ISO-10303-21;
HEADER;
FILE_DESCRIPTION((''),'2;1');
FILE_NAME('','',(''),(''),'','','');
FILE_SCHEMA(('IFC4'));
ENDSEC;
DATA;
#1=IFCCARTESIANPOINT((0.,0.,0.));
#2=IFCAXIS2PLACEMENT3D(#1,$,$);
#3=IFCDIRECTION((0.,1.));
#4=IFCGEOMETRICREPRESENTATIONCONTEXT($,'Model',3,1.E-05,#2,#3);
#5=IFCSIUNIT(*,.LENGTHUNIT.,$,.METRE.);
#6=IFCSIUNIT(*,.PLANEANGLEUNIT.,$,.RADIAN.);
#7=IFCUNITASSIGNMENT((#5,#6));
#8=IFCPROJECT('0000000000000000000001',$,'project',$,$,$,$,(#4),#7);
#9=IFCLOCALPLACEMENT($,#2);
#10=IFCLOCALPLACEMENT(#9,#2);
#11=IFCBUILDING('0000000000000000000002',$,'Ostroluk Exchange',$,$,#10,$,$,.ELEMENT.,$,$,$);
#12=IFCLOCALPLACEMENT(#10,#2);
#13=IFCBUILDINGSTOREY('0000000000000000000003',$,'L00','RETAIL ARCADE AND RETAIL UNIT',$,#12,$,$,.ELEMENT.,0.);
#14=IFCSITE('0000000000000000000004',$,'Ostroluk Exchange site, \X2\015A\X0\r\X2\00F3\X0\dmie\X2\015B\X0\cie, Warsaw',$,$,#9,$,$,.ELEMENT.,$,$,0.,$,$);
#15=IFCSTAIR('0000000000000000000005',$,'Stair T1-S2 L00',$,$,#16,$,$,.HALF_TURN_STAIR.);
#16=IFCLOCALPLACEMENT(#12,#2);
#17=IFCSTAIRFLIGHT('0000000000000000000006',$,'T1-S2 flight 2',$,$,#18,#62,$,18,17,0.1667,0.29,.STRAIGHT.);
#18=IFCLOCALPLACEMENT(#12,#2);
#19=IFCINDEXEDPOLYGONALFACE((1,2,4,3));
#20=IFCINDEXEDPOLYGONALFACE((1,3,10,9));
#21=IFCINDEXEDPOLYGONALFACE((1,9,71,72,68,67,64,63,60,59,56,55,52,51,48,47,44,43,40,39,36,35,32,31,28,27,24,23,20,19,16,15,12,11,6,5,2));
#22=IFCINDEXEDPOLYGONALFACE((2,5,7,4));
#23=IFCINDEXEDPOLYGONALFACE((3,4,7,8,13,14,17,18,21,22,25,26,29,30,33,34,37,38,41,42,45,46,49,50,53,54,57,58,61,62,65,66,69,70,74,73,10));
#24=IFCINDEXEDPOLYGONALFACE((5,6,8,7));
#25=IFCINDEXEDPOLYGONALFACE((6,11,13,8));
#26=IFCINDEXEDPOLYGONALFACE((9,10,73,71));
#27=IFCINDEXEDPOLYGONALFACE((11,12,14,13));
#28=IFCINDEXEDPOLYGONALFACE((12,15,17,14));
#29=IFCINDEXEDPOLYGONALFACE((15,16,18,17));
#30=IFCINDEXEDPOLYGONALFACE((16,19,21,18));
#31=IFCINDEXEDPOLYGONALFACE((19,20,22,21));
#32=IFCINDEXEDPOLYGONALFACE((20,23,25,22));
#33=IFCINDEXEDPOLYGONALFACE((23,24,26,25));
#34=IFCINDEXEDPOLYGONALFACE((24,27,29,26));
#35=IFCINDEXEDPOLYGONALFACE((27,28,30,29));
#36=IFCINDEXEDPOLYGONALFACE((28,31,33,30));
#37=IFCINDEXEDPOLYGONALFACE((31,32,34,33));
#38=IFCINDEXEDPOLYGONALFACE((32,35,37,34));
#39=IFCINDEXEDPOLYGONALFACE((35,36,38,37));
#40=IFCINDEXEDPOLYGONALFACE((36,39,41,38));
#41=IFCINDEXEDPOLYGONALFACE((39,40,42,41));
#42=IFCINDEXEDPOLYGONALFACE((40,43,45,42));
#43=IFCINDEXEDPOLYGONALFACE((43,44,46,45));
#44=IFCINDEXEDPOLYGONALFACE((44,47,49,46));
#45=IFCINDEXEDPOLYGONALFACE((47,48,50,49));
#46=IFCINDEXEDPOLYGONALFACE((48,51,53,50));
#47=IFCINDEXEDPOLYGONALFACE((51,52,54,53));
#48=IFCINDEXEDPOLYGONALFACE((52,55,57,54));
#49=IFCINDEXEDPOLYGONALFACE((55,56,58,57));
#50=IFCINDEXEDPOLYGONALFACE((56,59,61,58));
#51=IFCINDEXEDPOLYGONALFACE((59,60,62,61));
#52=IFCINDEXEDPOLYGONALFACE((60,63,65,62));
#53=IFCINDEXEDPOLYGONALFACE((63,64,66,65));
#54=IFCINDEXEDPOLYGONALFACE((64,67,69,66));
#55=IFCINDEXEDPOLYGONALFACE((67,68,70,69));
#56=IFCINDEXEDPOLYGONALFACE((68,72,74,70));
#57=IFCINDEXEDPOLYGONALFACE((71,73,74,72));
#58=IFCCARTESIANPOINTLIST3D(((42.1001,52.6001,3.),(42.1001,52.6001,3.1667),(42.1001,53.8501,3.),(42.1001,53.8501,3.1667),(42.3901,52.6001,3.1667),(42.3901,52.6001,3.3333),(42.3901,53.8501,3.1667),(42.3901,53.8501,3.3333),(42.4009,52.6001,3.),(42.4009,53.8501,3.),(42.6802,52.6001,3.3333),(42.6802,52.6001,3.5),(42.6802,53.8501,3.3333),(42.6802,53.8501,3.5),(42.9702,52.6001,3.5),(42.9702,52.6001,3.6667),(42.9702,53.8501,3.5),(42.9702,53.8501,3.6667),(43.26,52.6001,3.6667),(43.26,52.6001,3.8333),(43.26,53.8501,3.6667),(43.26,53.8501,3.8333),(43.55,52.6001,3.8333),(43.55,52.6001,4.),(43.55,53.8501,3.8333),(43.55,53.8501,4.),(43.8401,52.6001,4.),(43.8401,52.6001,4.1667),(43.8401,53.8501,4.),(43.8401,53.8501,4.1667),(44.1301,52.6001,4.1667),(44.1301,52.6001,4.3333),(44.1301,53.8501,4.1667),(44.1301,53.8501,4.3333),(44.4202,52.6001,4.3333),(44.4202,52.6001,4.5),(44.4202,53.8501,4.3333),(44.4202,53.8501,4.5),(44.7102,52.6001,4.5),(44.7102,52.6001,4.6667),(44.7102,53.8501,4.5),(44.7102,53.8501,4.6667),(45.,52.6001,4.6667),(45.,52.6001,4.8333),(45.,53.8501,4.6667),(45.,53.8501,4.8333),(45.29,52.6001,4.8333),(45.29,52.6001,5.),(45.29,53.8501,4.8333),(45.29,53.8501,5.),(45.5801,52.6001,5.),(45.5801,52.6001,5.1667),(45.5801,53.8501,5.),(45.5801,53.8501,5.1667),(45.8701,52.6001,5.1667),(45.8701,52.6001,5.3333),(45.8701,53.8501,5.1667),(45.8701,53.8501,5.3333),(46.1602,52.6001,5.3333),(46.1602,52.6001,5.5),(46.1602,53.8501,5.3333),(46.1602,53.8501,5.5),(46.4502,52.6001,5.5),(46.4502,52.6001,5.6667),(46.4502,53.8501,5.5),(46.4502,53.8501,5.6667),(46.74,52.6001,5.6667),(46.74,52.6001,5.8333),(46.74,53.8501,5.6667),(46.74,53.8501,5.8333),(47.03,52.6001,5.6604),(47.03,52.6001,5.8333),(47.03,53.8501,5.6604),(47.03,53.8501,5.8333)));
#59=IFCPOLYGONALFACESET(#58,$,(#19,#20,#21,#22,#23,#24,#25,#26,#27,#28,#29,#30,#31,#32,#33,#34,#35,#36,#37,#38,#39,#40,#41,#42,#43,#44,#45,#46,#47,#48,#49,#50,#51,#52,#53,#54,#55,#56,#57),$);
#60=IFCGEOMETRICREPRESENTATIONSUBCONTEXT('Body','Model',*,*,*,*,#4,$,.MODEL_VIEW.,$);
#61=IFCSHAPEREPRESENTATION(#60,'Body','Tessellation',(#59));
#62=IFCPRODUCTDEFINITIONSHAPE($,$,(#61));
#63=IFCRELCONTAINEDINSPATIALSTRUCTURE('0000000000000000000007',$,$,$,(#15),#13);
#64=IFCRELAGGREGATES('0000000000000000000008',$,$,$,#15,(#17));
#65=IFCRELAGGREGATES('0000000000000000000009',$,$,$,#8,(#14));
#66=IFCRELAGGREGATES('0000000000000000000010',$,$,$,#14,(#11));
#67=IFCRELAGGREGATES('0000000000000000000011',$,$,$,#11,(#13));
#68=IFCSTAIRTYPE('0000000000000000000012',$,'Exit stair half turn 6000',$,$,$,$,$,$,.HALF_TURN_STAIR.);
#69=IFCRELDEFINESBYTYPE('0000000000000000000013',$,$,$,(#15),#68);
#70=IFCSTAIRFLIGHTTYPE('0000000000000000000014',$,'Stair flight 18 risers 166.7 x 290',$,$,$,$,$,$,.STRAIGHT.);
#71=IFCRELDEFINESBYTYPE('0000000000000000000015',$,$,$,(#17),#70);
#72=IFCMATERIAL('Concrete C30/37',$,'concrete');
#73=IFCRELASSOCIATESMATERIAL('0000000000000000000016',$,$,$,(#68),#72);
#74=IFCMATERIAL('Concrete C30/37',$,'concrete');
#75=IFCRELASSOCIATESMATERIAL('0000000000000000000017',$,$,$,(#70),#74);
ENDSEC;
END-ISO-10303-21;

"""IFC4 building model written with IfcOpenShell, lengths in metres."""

from ifc_helpers import new_model, si_unit, direction, frame, origin, place, context, subcontext, project, spatial, polyline, outline, extrude, material, type_object, element, aggregate, save


model = new_model("IFC4")

# Units and contexts
model_context = context("Model", 3, precision=1e-05, world=origin(), true_north=direction((0.0, 1.0)))
body_context = subcontext(model_context, "Body", "Model", "MODEL_VIEW")
ifc_project = project(units=[si_unit("LENGTHUNIT", "METRE"), si_unit("PLANEANGLEUNIT", "RADIAN")], contexts=[model_context])

# Site, building, storey
site_placement = place(None, origin())
site = spatial("IfcSite", under=ifc_project, at=site_placement, Name="Ostroluk Exchange site, Śródmieście, Warsaw", CompositionType="ELEMENT", RefElevation=0.0)
building_placement = place(site_placement, origin())
building = spatial("IfcBuilding", under=site, at=building_placement, Name="Ostroluk Exchange", CompositionType="ELEMENT")
storey_placement = place(building_placement, origin())
storey = spatial("IfcBuildingStorey", under=building, at=storey_placement, Name="L00", Description="RETAIL ARCADE AND RETAIL UNIT", CompositionType="ELEMENT", Elevation=0.0)

# Stair, stair flight
ifc_material_1 = material(Name="Concrete C30/37", Category="concrete")
stair_type = type_object("IfcStairType", Name="Exit stair half turn 6000", PredefinedType="HALF_TURN_STAIR", material=ifc_material_1)
stair_placement = place(storey_placement, origin())
stair = element("IfcStair", 1, at=stair_placement, inside=storey, type_object=stair_type, Name="Stair T1-S2 L00", PredefinedType="HALF_TURN_STAIR")
ifc_material_2 = material(Name="Concrete C30/37", Category="concrete")
stair_flight_type = type_object("IfcStairFlightType", Name="Stair flight 18 risers 166.7 x 290", PredefinedType="STRAIGHT", material=ifc_material_2)
stair_flight_placement = place(storey_placement, frame((42.1001, 53.2251, 3.0), z_axis=(0.0, 0.0, 1.0), x_axis=(1.0, 0.0, 0.0)))
stair_flight = element("IfcStairFlight", 2, at=stair_flight_placement, type_object=stair_flight_type, Name="T1-S2 flight 2", NumberOfRisers=18, NumberOfTreads=17, PredefinedType="STRAIGHT", RiserHeight=0.1667, TreadLength=0.29, context=body_context, shape_type="SweptSolid", body=[
    extrude(outline(polyline([(0.0, 0.0), (0.0, 0.1667), (0.29, 0.1667), (0.29, 0.3333), (0.5801, 0.3333), (0.5801, 0.5), (0.8701, 0.5), (0.8701, 0.6667), (1.1599, 0.6667), (1.1599, 0.8333), (1.45, 0.8333), (1.45, 1.0), (1.74, 1.0), (1.74, 1.1667), (2.03, 1.1667), (2.03, 1.3333), (2.3201, 1.3333), (2.3201, 1.5), (2.6101, 1.5), (2.6101, 1.6667), (2.8999, 1.6667), (2.8999, 1.8333), (3.1899, 1.8333), (3.1899, 2.0), (3.48, 2.0), (3.48, 2.1667), (3.77, 2.1667), (3.77, 2.3333), (4.0601, 2.3333), (4.0601, 2.5), (4.3501, 2.5), (4.3501, 2.6667), (4.6399, 2.6667), (4.6399, 2.8333), (4.9299, 2.8333), (4.9299, 3.0), (4.9299, 2.6604), (0.3008, 0.0), (0.0, 0.0)])), frame((0.0, 0.625, 0.0), z_axis=(0.0, -1.0, 0.0), x_axis=(1.0, 0.0, 0.0)), (0.0, 0.0, 1.0), 1.25),
])
aggregate(stair, [stair_flight])

save(model, "model.ifc")
